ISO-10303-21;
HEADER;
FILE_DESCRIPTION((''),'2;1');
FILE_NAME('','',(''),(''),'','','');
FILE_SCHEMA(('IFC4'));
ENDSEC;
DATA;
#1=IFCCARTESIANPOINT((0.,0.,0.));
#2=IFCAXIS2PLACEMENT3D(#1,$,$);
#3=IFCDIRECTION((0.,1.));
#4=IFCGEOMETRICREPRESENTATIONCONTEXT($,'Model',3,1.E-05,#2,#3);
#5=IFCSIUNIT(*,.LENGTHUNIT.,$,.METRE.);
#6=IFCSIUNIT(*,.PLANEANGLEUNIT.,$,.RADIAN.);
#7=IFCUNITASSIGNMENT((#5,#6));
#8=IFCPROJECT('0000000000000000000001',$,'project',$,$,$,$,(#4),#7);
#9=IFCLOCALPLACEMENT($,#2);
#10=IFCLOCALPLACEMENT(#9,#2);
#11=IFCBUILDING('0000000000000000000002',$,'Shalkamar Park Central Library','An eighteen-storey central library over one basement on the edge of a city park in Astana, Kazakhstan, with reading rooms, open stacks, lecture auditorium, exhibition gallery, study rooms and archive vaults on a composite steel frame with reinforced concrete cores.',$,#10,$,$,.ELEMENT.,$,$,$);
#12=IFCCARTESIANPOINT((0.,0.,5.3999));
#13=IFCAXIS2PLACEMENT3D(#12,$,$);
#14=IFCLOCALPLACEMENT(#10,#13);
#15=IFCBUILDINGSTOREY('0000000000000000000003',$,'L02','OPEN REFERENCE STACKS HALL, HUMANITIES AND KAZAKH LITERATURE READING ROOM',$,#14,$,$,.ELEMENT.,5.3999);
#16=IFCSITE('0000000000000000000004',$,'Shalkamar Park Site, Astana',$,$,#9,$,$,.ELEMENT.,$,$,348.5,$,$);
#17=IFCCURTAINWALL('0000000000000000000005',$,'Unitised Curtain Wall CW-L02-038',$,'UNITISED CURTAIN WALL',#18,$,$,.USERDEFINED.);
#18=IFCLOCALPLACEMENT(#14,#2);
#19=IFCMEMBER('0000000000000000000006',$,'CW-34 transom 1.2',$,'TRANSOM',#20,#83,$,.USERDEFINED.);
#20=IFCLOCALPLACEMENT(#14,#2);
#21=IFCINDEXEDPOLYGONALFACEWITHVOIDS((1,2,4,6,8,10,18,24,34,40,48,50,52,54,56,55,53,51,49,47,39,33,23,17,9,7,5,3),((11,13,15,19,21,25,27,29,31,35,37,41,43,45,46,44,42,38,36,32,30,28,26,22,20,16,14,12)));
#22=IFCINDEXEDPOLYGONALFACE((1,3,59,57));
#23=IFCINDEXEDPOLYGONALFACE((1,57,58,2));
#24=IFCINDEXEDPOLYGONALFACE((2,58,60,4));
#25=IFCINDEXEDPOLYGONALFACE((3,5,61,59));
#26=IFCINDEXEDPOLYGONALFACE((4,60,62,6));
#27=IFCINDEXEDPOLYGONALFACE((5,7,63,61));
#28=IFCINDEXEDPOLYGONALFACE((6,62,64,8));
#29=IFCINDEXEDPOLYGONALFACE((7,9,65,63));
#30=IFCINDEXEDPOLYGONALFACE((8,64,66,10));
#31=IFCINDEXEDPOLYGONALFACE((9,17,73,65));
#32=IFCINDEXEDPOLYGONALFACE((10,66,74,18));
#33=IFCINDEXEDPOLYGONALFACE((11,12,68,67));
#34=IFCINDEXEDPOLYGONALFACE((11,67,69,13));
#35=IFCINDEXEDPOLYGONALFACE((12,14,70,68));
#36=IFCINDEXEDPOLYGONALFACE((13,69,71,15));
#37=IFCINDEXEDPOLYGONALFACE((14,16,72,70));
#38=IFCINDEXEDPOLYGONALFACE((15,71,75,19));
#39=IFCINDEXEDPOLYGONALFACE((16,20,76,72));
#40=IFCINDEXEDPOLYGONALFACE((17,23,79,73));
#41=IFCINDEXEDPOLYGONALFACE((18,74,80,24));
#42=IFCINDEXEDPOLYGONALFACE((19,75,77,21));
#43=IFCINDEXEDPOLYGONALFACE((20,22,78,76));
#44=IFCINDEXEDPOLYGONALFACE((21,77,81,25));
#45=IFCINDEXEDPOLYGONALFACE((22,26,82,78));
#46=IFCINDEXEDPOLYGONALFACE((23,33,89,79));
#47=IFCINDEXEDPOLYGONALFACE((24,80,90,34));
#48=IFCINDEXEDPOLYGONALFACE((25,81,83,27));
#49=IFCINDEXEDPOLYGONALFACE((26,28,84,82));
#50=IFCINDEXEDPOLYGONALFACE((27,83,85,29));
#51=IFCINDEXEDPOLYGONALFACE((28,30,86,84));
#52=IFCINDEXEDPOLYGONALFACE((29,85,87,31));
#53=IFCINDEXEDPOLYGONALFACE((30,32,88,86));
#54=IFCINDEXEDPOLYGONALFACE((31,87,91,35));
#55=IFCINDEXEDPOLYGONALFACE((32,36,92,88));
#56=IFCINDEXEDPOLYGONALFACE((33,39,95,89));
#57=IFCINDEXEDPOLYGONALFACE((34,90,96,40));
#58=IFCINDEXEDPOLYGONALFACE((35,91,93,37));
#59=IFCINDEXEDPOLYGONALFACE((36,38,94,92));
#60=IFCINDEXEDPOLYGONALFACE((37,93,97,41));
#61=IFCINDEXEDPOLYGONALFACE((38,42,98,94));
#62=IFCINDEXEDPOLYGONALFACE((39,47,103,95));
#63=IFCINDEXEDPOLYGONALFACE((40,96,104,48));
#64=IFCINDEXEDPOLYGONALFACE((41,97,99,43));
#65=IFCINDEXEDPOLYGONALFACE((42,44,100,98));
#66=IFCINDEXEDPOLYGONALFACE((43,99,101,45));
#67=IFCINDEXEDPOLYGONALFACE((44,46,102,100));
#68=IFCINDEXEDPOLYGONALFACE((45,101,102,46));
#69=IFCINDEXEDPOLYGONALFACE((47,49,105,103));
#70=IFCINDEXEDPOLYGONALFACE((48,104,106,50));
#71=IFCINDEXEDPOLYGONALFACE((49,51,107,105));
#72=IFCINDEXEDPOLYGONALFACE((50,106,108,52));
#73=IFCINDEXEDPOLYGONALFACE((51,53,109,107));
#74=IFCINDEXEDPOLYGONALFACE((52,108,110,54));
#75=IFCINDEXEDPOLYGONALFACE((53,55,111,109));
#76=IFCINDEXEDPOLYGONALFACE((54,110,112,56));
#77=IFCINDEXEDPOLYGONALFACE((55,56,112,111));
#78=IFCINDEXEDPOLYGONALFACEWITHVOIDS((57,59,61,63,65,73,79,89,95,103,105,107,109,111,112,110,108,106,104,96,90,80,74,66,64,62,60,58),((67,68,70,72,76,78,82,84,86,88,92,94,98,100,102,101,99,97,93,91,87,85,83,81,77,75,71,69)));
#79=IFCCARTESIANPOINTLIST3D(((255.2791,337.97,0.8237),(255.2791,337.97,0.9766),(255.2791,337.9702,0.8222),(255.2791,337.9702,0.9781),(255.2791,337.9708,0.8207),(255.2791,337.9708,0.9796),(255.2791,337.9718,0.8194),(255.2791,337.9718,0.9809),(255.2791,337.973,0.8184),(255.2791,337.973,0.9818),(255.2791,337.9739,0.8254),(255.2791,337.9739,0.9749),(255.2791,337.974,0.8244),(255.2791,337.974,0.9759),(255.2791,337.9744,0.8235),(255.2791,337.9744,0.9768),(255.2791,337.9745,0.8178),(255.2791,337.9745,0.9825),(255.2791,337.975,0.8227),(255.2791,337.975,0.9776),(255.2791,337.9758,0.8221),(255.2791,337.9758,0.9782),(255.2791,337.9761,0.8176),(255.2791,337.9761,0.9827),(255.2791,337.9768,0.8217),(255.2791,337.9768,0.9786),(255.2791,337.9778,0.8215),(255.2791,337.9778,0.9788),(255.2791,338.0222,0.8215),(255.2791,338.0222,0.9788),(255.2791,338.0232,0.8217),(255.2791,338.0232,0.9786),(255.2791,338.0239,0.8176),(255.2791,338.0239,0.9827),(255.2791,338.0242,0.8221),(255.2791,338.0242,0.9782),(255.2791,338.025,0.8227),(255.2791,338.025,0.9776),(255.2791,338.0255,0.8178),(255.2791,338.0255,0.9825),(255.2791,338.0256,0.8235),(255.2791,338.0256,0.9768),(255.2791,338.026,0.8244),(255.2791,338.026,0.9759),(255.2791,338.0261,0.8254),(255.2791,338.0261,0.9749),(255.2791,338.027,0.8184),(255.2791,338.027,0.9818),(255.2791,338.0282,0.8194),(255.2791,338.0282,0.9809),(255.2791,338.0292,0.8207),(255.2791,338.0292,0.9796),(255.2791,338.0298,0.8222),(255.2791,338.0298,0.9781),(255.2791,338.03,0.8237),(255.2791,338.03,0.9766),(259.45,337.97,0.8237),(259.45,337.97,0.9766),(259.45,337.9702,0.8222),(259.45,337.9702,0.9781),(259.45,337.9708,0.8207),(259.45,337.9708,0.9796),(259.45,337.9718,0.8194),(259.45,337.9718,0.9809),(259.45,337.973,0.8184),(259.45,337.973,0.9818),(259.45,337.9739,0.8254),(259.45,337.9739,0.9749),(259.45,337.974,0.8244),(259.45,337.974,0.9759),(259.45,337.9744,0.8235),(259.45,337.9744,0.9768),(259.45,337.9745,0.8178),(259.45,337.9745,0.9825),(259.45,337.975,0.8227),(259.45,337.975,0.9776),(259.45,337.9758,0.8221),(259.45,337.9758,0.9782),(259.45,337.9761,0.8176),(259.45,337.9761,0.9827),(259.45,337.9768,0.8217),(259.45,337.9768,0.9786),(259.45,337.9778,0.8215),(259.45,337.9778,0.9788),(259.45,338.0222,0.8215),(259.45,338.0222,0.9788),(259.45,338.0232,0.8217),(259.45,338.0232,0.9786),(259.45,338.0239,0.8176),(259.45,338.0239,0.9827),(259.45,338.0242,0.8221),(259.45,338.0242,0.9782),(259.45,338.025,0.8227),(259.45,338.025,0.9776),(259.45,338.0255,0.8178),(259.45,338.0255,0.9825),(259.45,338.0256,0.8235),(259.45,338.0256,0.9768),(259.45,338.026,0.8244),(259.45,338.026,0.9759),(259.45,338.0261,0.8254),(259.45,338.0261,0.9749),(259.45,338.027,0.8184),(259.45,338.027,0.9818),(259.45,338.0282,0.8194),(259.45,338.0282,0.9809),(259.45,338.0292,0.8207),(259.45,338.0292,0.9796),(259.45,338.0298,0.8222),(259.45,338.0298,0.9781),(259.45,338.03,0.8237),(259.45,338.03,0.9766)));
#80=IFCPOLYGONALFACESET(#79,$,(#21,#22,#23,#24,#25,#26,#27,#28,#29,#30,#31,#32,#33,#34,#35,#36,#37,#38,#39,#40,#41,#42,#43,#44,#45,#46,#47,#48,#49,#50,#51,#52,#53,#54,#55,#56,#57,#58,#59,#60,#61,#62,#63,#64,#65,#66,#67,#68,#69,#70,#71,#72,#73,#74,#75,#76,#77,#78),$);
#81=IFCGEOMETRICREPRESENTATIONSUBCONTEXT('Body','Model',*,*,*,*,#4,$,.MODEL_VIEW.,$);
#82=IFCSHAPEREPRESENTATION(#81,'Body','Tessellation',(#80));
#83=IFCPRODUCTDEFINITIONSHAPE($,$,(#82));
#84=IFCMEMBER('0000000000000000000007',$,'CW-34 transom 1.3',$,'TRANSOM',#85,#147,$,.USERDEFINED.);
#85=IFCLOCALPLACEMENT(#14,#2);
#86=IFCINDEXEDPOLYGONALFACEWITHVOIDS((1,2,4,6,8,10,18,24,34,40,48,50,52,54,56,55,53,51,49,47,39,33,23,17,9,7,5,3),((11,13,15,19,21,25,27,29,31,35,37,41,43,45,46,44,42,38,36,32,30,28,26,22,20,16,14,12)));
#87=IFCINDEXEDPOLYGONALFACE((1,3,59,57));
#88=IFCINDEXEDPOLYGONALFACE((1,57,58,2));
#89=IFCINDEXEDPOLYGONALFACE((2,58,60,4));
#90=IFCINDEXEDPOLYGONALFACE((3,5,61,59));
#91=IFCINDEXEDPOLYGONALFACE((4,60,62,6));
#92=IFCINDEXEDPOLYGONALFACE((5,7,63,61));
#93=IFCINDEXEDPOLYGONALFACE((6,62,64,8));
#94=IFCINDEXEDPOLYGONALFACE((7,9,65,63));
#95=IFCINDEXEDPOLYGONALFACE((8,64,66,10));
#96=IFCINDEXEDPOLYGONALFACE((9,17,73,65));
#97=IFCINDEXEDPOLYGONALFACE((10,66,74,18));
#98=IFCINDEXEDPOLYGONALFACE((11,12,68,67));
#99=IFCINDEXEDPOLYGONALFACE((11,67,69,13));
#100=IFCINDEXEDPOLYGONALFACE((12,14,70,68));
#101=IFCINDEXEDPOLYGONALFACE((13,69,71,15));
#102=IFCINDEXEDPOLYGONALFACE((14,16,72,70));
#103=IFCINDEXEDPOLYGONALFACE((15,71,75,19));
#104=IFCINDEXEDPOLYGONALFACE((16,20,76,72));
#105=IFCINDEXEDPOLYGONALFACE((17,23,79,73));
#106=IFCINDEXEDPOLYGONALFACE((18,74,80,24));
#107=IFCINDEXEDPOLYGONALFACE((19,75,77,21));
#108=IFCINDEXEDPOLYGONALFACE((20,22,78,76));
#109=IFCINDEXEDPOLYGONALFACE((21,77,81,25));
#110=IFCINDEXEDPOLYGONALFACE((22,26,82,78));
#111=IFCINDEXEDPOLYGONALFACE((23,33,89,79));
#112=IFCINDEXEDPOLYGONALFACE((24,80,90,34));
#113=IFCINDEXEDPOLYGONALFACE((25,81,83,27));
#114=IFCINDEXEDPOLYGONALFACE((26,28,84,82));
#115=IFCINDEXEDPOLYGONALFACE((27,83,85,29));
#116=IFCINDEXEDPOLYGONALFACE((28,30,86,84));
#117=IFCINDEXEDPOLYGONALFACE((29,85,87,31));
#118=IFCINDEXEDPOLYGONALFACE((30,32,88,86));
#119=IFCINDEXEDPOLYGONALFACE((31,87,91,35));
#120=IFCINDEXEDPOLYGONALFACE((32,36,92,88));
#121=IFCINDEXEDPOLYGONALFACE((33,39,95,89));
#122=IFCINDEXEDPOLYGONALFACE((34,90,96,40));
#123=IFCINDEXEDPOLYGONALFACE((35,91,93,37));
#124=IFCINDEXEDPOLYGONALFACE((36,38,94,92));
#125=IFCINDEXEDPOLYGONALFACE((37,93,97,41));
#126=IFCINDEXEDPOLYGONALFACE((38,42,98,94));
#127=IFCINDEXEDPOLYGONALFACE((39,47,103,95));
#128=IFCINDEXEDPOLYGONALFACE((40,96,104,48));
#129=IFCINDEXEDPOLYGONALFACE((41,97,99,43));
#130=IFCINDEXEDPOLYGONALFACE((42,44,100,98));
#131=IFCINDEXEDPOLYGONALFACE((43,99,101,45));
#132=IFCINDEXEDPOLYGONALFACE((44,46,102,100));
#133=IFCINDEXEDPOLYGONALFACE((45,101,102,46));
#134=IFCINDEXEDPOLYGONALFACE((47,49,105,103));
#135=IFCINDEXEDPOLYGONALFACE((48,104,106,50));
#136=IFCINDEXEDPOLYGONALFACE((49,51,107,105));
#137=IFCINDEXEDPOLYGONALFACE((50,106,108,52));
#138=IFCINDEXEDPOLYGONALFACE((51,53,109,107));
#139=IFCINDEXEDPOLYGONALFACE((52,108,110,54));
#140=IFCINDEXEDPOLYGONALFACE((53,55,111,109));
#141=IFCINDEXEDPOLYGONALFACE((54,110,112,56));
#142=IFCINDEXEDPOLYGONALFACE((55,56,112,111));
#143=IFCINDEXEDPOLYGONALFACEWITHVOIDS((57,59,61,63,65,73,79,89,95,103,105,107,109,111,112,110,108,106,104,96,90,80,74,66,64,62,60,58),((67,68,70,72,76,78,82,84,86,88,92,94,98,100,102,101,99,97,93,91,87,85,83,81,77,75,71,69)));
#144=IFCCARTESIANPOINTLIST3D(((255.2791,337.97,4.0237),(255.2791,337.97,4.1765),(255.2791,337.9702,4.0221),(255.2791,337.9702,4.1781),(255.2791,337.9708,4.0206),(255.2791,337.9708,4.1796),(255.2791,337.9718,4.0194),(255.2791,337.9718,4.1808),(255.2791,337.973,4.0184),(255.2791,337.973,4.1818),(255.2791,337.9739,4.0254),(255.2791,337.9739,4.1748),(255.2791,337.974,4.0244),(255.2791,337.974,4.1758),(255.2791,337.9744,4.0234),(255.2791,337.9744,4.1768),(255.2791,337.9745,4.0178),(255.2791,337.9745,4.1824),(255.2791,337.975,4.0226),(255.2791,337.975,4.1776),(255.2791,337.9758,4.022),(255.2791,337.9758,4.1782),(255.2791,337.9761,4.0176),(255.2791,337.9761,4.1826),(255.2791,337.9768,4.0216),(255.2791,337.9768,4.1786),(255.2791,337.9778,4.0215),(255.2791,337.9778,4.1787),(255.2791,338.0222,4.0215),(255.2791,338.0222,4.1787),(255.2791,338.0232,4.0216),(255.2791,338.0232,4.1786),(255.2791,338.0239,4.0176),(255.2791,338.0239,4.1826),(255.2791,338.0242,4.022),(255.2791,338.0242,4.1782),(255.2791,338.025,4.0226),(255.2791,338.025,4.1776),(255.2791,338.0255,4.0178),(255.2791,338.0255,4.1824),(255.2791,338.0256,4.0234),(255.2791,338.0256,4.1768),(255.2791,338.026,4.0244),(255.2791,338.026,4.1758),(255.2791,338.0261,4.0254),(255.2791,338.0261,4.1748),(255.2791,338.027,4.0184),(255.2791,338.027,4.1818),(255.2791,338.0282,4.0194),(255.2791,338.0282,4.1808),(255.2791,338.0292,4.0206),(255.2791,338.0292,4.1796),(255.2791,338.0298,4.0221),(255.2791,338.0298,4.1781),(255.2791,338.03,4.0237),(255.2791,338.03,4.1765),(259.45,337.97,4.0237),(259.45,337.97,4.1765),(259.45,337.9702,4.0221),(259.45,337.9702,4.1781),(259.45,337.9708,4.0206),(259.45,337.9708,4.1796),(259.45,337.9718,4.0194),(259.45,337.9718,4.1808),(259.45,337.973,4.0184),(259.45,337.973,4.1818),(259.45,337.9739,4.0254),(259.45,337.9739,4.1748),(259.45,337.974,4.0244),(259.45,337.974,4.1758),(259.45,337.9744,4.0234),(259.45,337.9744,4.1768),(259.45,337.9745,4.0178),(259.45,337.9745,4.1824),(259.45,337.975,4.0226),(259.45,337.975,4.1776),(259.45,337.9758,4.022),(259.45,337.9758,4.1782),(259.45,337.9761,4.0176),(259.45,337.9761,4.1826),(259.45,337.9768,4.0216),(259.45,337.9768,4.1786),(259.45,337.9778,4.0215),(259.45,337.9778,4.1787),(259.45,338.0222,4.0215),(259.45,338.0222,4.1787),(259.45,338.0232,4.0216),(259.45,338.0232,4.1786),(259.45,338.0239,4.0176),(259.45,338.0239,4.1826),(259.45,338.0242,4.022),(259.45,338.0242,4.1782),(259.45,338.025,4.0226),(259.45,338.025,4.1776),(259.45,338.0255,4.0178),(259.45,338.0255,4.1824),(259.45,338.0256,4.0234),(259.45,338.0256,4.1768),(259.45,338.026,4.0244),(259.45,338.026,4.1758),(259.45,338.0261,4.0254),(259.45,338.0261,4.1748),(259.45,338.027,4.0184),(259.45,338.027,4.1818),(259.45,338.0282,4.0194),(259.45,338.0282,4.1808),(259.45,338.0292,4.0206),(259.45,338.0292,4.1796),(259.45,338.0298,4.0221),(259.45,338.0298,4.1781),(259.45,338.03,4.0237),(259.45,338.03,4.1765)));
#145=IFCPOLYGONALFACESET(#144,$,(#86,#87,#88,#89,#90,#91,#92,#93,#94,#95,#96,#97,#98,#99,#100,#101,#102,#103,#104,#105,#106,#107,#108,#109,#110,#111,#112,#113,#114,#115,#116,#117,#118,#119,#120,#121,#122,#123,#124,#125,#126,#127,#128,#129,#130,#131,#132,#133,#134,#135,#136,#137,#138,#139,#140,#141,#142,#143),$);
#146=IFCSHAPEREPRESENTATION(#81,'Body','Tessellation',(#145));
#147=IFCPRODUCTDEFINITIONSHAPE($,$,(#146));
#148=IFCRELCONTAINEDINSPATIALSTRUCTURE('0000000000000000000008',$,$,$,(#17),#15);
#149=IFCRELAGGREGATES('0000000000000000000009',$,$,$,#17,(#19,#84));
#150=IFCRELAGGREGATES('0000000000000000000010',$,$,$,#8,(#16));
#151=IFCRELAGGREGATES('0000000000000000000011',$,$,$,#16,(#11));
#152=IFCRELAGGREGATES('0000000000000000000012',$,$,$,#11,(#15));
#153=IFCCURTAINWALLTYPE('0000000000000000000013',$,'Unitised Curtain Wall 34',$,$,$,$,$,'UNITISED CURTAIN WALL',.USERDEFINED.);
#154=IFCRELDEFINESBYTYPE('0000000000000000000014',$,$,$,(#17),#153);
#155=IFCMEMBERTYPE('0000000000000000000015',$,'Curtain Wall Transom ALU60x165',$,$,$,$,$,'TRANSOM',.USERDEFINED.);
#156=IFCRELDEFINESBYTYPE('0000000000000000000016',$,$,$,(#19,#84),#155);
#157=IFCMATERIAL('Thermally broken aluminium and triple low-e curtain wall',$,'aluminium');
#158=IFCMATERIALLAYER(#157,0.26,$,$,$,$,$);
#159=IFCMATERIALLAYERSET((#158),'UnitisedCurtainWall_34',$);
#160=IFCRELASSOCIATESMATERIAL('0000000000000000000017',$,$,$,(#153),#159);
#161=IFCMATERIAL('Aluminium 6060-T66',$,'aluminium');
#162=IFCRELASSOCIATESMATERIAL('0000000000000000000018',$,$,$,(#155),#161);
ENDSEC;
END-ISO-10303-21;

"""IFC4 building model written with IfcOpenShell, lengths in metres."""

from ifc_helpers import new_model, si_unit, direction, frame, origin, origin_2d, place, context, subcontext, project, spatial, hollow_rectangle, extrude, material, layer, layer_set, material_profile, profile_set, type_object, element, aggregate, save


model = new_model("IFC4")

# Units and contexts
model_context = context("Model", 3, precision=1e-05, world=origin(), true_north=direction((0.0, 1.0)))
body_context = subcontext(model_context, "Body", "Model", "MODEL_VIEW")
ifc_project = project(units=[si_unit("LENGTHUNIT", "METRE"), si_unit("PLANEANGLEUNIT", "RADIAN")], contexts=[model_context])

# Site, building, storey
site_placement = place(None, origin())
site = spatial("IfcSite", under=ifc_project, at=site_placement, Name="Shalkamar Park Site, Astana", CompositionType="ELEMENT", RefElevation=348.5)
building_placement = place(site_placement, origin())
building = spatial("IfcBuilding", under=site, at=building_placement, Name="Shalkamar Park Central Library", Description="An eighteen-storey central library over one basement on the edge of a city park in Astana, Kazakhstan, with reading rooms, open stacks, lecture auditorium, exhibition gallery, study rooms and archive vaults on a composite steel frame with reinforced concrete cores.", CompositionType="ELEMENT")
storey_placement = place(building_placement, frame((0.0, 0.0, 5.3999)))
storey = spatial("IfcBuildingStorey", under=building, at=storey_placement, Name="L02", Description="OPEN REFERENCE STACKS HALL, HUMANITIES AND KAZAKH LITERATURE READING ROOM", CompositionType="ELEMENT", Elevation=5.3999)

# Curtain wall
ifc_material_1 = material(Name="Thermally broken aluminium and triple low-e curtain wall", Category="aluminium")
ifc_material_2 = material(Name="Aluminium 6060-T66", Category="aluminium")
ifc_layer_1 = layer(ifc_material_1, 0.26)
ifc_layer_set_1 = layer_set([ifc_layer_1], Name="UnitisedCurtainWall_34")
curtain_wall_type_1 = type_object("IfcCurtainWallType", Name="Unitised Curtain Wall 34", ElementType="UNITISED CURTAIN WALL", PredefinedType="USERDEFINED", material=ifc_layer_set_1)
curtain_wall_1_placement = place(storey_placement, origin())
curtain_wall_1 = element("IfcCurtainWall", 1, at=curtain_wall_1_placement, inside=storey, type_object=curtain_wall_type_1, Name="Unitised Curtain Wall CW-L02-038", ObjectType="UNITISED CURTAIN WALL", PredefinedType="USERDEFINED")

# Members
ifc_material_profile_1 = material_profile(ifc_material_2, hollow_rectangle(XDim=0.0601, YDim=0.165, WallThickness=0.0039, InnerFilletRadius=0.0039, OuterFilletRadius=0.0061, at=origin_2d()), Name="ALU 60x165x4")
ifc_profile_set_1 = profile_set([ifc_material_profile_1], Name="Aluminium 6060-T66")
member_type_1 = type_object("IfcMemberType", Name="Curtain Wall Transom ALU60x165", ElementType="TRANSOM", PredefinedType="USERDEFINED", material=ifc_profile_set_1)
member_1_placement = place(storey_placement, frame((255.2791, 338.0, 0.9001), z_axis=(1.0, 0.0, 0.0), x_axis=(0.0, 1.0, 0.0)))
member_1 = element("IfcMember", 2, at=member_1_placement, type_object=member_type_1, Name="CW-34 transom 1.2", ObjectType="TRANSOM", PredefinedType="USERDEFINED", context=body_context, shape_type="SweptSolid", body=[
    extrude(hollow_rectangle(XDim=0.0601, YDim=0.165, WallThickness=0.0039, InnerFilletRadius=0.0039, OuterFilletRadius=0.0061, at=origin_2d()), origin(), (0.0, 0.0, 1.0), 4.1709),
])
member_2_placement = place(storey_placement, frame((255.2791, 338.0, 4.1001), z_axis=(1.0, 0.0, 0.0), x_axis=(0.0, 1.0, 0.0)))
member_2 = element("IfcMember", 3, at=member_2_placement, type_object=member_type_1, Name="CW-34 transom 1.3", ObjectType="TRANSOM", PredefinedType="USERDEFINED", context=body_context, shape_type="SweptSolid", body=[
    extrude(hollow_rectangle(XDim=0.0601, YDim=0.165, WallThickness=0.0039, InnerFilletRadius=0.0039, OuterFilletRadius=0.0061, at=origin_2d()), origin(), (0.0, 0.0, 1.0), 4.1709),
])

aggregate(curtain_wall_1, [member_1, member_2])

save(model, "model.ifc")
